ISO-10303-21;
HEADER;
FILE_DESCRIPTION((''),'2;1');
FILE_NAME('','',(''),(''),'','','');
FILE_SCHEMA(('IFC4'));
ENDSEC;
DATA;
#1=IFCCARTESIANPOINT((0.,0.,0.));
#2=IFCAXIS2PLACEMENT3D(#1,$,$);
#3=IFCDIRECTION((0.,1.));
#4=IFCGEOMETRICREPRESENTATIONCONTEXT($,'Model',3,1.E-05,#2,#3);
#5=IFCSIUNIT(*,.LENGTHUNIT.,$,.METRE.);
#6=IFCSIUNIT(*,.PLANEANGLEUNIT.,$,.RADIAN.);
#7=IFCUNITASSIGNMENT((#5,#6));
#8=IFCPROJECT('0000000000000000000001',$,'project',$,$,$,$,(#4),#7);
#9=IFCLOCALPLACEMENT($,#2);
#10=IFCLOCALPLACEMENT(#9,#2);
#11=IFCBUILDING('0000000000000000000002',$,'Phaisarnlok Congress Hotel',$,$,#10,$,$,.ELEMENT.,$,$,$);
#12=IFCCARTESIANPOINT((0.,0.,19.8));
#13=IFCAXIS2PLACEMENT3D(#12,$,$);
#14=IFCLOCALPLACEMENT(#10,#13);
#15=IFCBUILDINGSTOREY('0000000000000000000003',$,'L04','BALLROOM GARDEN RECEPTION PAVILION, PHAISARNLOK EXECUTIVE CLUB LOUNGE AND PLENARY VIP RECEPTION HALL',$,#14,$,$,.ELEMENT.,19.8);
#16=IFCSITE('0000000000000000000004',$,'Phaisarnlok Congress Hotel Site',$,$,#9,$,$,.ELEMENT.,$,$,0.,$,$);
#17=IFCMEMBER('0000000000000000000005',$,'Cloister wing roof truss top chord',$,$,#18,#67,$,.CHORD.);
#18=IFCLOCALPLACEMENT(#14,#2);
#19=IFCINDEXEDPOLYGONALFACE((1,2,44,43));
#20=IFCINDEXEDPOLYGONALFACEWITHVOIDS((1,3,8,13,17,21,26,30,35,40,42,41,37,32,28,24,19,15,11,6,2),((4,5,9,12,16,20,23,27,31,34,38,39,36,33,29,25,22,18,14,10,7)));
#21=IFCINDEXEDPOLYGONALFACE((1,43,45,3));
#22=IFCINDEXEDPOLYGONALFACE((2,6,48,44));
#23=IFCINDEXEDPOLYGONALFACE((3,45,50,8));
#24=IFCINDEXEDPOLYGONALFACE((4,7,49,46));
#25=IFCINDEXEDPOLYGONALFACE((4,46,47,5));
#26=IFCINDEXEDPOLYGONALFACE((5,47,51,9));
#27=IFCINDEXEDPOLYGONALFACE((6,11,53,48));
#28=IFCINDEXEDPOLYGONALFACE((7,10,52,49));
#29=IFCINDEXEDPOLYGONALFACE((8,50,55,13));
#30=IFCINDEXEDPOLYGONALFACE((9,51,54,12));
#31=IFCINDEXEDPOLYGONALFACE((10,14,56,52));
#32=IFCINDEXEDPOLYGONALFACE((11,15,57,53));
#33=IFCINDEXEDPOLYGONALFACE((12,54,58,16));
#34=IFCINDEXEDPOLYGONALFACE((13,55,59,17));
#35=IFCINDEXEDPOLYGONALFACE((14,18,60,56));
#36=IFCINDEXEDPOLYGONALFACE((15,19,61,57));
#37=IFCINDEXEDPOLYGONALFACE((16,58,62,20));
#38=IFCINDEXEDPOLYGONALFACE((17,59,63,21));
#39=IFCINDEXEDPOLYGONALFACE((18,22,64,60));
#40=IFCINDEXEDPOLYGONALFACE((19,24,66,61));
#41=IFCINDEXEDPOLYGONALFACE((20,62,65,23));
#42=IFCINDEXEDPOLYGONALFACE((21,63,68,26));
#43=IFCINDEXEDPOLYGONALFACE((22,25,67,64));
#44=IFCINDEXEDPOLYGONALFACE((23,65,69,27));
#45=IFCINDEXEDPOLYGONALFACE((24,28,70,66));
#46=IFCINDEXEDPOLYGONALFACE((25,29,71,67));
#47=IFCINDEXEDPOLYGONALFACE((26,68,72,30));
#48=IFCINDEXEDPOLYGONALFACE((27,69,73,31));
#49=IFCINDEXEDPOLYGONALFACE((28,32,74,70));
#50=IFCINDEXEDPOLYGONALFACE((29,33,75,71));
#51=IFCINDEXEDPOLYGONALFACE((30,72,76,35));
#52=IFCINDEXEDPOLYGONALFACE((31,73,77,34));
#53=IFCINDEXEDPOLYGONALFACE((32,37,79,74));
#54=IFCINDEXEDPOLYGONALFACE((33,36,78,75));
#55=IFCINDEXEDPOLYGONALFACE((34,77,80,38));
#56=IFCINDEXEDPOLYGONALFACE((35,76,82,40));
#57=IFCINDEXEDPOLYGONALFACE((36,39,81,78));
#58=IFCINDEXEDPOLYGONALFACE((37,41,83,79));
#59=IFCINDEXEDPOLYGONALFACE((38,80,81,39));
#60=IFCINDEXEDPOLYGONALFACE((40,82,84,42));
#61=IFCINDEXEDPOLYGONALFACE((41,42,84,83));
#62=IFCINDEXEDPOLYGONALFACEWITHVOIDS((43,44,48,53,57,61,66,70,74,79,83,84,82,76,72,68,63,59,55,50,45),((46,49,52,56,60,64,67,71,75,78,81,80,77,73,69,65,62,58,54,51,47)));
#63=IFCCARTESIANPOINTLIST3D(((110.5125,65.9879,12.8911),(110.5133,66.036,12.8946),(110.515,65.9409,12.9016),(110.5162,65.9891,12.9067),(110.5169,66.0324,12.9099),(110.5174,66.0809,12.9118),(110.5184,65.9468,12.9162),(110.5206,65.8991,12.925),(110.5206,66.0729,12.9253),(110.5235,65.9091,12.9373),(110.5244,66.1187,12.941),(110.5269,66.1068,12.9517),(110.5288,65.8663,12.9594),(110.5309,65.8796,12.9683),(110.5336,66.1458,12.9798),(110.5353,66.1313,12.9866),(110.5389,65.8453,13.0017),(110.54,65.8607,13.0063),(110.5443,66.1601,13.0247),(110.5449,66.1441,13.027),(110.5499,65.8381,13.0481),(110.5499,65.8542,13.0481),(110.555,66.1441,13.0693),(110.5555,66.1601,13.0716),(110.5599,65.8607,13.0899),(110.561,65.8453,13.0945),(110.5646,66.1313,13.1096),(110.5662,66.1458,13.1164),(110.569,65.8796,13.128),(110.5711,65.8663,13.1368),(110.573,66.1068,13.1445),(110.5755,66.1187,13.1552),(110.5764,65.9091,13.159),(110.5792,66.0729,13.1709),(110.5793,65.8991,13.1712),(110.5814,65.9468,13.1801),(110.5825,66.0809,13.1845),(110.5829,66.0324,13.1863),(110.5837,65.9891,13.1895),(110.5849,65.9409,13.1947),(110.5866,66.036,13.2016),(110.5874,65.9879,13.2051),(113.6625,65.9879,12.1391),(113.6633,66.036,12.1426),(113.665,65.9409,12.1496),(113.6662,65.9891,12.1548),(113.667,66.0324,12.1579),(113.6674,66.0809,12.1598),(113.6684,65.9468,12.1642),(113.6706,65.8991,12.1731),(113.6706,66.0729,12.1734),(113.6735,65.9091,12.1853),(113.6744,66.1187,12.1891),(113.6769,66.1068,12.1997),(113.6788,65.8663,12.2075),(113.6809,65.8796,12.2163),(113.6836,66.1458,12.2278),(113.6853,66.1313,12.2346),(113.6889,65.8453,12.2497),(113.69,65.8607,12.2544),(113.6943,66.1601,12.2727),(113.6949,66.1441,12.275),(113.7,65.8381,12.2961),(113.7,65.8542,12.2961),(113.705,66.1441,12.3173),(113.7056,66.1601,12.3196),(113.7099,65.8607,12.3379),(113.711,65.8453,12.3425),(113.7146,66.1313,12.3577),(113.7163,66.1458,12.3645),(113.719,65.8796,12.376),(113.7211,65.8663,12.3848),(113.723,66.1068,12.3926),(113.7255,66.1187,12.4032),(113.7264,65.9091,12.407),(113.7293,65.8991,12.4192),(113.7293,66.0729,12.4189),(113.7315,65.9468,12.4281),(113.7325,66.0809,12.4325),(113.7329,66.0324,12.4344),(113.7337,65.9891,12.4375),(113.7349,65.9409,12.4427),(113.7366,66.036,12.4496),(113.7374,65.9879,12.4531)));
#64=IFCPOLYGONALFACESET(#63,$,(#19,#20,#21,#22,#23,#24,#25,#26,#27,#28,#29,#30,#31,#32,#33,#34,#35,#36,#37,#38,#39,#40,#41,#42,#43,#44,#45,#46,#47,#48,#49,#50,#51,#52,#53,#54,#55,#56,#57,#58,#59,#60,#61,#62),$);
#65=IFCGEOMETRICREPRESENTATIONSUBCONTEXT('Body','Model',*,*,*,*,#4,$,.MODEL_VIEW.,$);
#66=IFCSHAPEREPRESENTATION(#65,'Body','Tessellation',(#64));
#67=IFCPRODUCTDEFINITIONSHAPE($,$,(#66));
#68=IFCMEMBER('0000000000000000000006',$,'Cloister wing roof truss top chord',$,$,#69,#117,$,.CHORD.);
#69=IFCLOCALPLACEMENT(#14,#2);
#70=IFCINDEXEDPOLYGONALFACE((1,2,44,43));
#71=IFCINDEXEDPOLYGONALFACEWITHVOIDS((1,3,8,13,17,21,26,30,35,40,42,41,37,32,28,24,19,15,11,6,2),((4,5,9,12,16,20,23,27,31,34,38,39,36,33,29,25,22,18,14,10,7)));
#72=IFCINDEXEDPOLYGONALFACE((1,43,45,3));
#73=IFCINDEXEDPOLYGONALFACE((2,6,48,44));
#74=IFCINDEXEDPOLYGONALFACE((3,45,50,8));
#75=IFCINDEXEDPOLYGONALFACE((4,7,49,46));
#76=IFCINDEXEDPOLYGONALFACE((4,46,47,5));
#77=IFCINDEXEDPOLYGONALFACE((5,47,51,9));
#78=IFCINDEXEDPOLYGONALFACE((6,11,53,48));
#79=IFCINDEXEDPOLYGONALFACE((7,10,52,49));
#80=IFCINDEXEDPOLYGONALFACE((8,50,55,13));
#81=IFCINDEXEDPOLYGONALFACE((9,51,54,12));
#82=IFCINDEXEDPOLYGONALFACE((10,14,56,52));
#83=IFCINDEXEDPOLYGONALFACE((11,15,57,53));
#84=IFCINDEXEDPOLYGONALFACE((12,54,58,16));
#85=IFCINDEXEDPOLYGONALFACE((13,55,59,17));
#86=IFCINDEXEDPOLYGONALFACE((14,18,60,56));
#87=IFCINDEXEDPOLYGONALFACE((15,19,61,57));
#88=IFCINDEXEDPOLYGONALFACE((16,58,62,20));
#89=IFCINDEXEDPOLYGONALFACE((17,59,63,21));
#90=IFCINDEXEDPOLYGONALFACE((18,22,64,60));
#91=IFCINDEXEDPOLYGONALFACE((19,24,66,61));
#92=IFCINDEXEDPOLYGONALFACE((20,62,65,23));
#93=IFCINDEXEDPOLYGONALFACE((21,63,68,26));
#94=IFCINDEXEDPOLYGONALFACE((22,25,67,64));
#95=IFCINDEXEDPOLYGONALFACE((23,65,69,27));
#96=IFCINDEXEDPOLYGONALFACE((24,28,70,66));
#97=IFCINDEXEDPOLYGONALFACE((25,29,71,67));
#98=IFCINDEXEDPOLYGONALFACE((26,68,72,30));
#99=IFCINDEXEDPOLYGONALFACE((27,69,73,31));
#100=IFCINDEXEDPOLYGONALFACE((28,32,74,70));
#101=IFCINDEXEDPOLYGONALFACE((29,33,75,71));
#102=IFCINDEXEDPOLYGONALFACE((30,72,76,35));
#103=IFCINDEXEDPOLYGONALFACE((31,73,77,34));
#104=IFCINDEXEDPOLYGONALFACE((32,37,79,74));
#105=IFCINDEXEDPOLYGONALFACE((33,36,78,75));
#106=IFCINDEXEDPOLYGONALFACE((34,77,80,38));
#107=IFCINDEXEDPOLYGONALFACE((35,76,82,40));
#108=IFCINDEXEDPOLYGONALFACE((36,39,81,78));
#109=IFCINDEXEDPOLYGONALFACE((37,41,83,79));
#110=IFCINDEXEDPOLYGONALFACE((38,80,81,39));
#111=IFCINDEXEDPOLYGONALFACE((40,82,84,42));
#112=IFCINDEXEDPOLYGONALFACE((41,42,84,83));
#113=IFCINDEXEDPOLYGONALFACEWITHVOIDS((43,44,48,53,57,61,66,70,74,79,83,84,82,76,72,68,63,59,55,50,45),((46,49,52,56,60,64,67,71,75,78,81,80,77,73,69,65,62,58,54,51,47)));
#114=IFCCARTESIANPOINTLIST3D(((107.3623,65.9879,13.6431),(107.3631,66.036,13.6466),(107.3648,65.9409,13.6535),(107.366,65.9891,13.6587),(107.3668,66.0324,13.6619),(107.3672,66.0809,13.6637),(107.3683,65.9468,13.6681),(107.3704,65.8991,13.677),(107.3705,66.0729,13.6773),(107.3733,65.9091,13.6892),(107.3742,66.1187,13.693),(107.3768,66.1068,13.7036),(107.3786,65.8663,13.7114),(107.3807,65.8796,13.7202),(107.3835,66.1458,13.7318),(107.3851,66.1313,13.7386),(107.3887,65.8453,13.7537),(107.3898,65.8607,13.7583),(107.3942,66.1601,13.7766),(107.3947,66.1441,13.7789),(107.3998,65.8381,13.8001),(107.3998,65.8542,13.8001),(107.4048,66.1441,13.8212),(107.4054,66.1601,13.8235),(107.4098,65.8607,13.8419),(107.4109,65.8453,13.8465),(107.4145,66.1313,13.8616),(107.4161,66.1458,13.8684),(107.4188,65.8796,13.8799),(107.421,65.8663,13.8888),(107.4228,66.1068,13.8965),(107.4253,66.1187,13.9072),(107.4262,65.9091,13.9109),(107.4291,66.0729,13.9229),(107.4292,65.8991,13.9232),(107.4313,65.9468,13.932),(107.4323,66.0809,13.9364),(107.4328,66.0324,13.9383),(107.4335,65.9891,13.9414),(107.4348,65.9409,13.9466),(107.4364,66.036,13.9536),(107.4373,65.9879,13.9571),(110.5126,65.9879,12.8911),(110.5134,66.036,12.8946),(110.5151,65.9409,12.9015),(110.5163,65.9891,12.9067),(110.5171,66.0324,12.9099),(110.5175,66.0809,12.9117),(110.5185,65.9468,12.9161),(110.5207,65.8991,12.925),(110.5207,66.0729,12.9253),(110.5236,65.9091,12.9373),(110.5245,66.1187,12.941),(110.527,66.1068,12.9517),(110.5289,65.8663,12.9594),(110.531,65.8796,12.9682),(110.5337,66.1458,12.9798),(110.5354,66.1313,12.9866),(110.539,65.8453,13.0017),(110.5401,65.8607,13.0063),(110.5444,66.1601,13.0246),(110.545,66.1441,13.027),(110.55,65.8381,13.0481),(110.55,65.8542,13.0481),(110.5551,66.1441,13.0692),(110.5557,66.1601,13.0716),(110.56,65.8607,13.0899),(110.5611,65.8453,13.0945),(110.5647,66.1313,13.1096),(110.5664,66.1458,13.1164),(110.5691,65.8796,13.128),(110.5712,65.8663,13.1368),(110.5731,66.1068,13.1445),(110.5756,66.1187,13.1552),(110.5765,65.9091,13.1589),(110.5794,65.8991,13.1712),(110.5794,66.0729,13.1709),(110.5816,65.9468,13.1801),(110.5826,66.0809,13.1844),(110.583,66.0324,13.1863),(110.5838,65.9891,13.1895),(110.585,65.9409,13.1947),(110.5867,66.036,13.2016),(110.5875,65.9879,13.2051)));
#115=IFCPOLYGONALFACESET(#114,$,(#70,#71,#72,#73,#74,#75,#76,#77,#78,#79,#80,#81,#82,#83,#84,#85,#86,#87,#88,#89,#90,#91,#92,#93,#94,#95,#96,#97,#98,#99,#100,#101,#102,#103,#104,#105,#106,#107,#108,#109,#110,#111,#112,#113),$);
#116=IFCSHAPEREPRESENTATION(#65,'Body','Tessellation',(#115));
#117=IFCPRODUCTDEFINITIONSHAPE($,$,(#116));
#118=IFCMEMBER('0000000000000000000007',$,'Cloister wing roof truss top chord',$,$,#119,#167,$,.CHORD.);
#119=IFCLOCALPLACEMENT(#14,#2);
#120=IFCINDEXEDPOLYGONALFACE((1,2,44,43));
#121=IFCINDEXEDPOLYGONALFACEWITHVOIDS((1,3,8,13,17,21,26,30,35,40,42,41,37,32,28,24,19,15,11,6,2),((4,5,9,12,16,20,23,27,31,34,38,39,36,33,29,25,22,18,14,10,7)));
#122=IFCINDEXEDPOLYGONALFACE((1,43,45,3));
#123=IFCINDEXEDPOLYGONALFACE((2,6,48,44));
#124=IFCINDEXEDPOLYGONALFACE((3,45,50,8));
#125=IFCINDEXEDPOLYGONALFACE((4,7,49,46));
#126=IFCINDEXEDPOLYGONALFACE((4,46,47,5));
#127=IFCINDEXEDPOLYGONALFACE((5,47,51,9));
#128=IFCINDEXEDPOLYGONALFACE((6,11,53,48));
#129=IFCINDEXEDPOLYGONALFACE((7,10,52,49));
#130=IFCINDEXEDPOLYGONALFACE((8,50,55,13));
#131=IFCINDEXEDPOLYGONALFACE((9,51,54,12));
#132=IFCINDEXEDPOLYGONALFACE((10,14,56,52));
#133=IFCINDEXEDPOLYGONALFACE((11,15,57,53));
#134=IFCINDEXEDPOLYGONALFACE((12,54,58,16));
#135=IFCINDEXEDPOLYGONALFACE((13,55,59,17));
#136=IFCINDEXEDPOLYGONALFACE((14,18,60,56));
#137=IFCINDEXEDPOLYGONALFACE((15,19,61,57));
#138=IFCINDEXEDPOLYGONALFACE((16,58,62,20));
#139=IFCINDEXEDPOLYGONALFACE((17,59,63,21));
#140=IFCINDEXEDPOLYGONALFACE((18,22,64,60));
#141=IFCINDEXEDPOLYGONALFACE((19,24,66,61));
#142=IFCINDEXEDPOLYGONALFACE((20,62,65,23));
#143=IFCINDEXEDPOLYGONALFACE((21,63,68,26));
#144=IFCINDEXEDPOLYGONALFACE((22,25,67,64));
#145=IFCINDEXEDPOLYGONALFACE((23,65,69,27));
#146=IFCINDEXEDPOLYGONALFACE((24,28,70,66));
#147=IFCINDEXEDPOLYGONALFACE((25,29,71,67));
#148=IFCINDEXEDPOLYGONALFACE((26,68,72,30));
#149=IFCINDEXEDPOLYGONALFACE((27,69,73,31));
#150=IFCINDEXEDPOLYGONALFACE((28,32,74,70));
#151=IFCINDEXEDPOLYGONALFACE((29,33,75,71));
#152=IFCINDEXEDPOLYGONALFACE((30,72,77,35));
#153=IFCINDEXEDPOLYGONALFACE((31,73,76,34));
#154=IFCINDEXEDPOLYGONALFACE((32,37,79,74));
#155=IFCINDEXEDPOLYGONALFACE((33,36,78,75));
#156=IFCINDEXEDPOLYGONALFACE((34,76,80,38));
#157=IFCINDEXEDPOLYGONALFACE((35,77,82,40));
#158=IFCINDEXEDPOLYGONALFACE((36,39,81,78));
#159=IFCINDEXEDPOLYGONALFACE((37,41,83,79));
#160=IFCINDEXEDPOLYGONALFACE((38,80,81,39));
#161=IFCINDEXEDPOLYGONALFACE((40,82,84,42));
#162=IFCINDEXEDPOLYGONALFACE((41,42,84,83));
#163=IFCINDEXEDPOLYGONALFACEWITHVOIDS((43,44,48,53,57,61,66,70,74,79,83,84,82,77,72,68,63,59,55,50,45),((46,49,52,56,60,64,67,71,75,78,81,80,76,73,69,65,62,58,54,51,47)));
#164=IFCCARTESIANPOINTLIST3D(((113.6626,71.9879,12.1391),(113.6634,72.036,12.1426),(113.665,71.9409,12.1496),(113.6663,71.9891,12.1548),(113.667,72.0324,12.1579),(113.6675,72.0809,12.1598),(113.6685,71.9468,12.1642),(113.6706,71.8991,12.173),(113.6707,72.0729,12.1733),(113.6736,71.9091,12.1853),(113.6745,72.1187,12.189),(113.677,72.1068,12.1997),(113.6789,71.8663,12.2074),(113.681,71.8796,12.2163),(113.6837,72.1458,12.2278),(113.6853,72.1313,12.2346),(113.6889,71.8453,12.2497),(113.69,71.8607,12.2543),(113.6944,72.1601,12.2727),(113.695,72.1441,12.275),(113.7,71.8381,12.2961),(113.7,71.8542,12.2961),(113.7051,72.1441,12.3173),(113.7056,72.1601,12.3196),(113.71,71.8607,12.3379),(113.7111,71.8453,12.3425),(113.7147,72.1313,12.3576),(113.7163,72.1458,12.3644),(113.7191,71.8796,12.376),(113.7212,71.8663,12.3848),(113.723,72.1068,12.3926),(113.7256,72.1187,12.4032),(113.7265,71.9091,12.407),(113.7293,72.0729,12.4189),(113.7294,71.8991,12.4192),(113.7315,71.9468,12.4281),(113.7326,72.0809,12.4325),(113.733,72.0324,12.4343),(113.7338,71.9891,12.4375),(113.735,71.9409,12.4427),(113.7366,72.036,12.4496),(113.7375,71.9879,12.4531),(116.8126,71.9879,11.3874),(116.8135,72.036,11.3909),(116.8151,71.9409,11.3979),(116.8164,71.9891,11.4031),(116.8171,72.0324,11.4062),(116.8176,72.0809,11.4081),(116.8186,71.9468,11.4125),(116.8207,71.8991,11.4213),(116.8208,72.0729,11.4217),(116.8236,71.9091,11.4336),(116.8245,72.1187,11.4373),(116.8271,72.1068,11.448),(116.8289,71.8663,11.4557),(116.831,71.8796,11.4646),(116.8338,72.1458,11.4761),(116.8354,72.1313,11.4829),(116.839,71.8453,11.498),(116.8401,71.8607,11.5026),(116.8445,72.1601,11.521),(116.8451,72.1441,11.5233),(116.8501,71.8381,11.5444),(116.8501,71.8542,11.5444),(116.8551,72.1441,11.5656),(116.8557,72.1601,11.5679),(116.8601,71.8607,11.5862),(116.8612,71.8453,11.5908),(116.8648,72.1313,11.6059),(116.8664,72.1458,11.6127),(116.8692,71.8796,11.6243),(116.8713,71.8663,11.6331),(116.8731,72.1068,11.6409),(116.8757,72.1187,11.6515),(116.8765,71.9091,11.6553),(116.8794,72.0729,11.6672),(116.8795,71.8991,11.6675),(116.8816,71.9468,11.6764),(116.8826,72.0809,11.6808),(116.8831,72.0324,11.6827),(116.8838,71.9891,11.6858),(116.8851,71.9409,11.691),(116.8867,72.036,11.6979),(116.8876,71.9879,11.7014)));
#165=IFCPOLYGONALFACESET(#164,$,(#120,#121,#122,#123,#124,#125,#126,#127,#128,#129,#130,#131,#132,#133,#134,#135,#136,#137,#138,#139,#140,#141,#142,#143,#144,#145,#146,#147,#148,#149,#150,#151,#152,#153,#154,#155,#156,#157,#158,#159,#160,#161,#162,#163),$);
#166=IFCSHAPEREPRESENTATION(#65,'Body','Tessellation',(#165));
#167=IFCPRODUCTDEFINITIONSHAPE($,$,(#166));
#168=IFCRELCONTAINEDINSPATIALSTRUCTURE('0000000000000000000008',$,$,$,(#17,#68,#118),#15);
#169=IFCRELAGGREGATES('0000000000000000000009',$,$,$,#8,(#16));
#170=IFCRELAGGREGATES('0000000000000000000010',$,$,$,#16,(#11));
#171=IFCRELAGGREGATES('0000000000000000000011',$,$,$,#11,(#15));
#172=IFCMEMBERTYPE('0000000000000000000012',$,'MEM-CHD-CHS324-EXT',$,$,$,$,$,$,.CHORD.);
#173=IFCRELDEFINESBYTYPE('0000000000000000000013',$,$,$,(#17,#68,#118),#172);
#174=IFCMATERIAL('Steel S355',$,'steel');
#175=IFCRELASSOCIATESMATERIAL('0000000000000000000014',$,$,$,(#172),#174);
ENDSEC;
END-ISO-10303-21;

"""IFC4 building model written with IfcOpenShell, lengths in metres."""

from ifc_helpers import new_model, si_unit, direction, frame, origin, origin_2d, place, context, subcontext, project, spatial, hollow_circle, extrude, material, material_profile, profile_set, type_object, element, save


model = new_model("IFC4")

# Units and contexts
model_context = context("Model", 3, precision=1e-05, world=origin(), true_north=direction((0.0, 1.0)))
body_context = subcontext(model_context, "Body", "Model", "MODEL_VIEW")
ifc_project = project(units=[si_unit("LENGTHUNIT", "METRE"), si_unit("PLANEANGLEUNIT", "RADIAN")], contexts=[model_context])

# Site, building, storey
site_placement = place(None, origin())
site = spatial("IfcSite", under=ifc_project, at=site_placement, Name="Phaisarnlok Congress Hotel Site", CompositionType="ELEMENT", RefElevation=0.0)
building_placement = place(site_placement, origin())
building = spatial("IfcBuilding", under=site, at=building_placement, Name="Phaisarnlok Congress Hotel", CompositionType="ELEMENT")
storey_placement = place(building_placement, frame((0.0, 0.0, 19.8)))
storey = spatial("IfcBuildingStorey", under=building, at=storey_placement, Name="L04", Description="BALLROOM GARDEN RECEPTION PAVILION, PHAISARNLOK EXECUTIVE CLUB LOUNGE AND PLENARY VIP RECEPTION HALL", CompositionType="ELEMENT", Elevation=19.8)

# Shared definitions
ifc_material_1 = material(Name="Steel S355", Category="steel")

# Members
ifc_material_profile_1 = material_profile(ifc_material_1, hollow_circle(Radius=0.1619, WallThickness=0.0161, at=origin_2d()), Name="CHS 323.9x16")
ifc_profile_set_1 = profile_set([ifc_material_profile_1], Name="Steel S355")
member_type_1 = type_object("IfcMemberType", Name="MEM-CHD-CHS324-EXT", PredefinedType="CHORD", material=ifc_profile_set_1)
for number, where, z_axis, x_axis, name in (
    (1, (113.7, 66.0, 12.2961), (-0.972669, 0.0, 0.232198), (0.0, -1.0, 0.0), "Cloister wing roof truss top chord"),
):
    element("IfcMember", number, at=place(storey_placement, frame(where, z_axis=z_axis, x_axis=x_axis)), inside=storey, type_object=member_type_1, Name=name, PredefinedType="CHORD", context=body_context, shape_type="SweptSolid", body=[
        extrude(hollow_circle(Radius=0.1619, WallThickness=0.0161, at=origin_2d()), origin(), (0.0, 0.0, 1.0), 3.2385),
    ])
member_1_placement = place(storey_placement, frame((110.55, 66.0, 13.0481), z_axis=(-0.972673, 0.0, 0.232181), x_axis=(0.0, -1.0, 0.0)))
element("IfcMember", 2, at=member_1_placement, inside=storey, type_object=member_type_1, Name="Cloister wing roof truss top chord", PredefinedType="CHORD", context=body_context, shape_type="SweptSolid", body=[
    extrude(hollow_circle(Radius=0.1619, WallThickness=0.0161, at=origin_2d()), origin(), (0.0, 0.0, 1.0), 3.2388),
])
for number, where, z_axis, x_axis, name in (
    (3, (116.8501, 72.0, 11.5444), (-0.97269, 0.0, 0.23211), (0.0, -1.0, 0.0), "Cloister wing roof truss top chord"),
):
    element("IfcMember", number, at=place(storey_placement, frame(where, z_axis=z_axis, x_axis=x_axis)), inside=storey, type_object=member_type_1, Name=name, PredefinedType="CHORD", context=body_context, shape_type="SweptSolid", body=[
        extrude(hollow_circle(Radius=0.1619, WallThickness=0.0161, at=origin_2d()), origin(), (0.0, 0.0, 1.0), 3.2385),
    ])

save(model, "model.ifc")
